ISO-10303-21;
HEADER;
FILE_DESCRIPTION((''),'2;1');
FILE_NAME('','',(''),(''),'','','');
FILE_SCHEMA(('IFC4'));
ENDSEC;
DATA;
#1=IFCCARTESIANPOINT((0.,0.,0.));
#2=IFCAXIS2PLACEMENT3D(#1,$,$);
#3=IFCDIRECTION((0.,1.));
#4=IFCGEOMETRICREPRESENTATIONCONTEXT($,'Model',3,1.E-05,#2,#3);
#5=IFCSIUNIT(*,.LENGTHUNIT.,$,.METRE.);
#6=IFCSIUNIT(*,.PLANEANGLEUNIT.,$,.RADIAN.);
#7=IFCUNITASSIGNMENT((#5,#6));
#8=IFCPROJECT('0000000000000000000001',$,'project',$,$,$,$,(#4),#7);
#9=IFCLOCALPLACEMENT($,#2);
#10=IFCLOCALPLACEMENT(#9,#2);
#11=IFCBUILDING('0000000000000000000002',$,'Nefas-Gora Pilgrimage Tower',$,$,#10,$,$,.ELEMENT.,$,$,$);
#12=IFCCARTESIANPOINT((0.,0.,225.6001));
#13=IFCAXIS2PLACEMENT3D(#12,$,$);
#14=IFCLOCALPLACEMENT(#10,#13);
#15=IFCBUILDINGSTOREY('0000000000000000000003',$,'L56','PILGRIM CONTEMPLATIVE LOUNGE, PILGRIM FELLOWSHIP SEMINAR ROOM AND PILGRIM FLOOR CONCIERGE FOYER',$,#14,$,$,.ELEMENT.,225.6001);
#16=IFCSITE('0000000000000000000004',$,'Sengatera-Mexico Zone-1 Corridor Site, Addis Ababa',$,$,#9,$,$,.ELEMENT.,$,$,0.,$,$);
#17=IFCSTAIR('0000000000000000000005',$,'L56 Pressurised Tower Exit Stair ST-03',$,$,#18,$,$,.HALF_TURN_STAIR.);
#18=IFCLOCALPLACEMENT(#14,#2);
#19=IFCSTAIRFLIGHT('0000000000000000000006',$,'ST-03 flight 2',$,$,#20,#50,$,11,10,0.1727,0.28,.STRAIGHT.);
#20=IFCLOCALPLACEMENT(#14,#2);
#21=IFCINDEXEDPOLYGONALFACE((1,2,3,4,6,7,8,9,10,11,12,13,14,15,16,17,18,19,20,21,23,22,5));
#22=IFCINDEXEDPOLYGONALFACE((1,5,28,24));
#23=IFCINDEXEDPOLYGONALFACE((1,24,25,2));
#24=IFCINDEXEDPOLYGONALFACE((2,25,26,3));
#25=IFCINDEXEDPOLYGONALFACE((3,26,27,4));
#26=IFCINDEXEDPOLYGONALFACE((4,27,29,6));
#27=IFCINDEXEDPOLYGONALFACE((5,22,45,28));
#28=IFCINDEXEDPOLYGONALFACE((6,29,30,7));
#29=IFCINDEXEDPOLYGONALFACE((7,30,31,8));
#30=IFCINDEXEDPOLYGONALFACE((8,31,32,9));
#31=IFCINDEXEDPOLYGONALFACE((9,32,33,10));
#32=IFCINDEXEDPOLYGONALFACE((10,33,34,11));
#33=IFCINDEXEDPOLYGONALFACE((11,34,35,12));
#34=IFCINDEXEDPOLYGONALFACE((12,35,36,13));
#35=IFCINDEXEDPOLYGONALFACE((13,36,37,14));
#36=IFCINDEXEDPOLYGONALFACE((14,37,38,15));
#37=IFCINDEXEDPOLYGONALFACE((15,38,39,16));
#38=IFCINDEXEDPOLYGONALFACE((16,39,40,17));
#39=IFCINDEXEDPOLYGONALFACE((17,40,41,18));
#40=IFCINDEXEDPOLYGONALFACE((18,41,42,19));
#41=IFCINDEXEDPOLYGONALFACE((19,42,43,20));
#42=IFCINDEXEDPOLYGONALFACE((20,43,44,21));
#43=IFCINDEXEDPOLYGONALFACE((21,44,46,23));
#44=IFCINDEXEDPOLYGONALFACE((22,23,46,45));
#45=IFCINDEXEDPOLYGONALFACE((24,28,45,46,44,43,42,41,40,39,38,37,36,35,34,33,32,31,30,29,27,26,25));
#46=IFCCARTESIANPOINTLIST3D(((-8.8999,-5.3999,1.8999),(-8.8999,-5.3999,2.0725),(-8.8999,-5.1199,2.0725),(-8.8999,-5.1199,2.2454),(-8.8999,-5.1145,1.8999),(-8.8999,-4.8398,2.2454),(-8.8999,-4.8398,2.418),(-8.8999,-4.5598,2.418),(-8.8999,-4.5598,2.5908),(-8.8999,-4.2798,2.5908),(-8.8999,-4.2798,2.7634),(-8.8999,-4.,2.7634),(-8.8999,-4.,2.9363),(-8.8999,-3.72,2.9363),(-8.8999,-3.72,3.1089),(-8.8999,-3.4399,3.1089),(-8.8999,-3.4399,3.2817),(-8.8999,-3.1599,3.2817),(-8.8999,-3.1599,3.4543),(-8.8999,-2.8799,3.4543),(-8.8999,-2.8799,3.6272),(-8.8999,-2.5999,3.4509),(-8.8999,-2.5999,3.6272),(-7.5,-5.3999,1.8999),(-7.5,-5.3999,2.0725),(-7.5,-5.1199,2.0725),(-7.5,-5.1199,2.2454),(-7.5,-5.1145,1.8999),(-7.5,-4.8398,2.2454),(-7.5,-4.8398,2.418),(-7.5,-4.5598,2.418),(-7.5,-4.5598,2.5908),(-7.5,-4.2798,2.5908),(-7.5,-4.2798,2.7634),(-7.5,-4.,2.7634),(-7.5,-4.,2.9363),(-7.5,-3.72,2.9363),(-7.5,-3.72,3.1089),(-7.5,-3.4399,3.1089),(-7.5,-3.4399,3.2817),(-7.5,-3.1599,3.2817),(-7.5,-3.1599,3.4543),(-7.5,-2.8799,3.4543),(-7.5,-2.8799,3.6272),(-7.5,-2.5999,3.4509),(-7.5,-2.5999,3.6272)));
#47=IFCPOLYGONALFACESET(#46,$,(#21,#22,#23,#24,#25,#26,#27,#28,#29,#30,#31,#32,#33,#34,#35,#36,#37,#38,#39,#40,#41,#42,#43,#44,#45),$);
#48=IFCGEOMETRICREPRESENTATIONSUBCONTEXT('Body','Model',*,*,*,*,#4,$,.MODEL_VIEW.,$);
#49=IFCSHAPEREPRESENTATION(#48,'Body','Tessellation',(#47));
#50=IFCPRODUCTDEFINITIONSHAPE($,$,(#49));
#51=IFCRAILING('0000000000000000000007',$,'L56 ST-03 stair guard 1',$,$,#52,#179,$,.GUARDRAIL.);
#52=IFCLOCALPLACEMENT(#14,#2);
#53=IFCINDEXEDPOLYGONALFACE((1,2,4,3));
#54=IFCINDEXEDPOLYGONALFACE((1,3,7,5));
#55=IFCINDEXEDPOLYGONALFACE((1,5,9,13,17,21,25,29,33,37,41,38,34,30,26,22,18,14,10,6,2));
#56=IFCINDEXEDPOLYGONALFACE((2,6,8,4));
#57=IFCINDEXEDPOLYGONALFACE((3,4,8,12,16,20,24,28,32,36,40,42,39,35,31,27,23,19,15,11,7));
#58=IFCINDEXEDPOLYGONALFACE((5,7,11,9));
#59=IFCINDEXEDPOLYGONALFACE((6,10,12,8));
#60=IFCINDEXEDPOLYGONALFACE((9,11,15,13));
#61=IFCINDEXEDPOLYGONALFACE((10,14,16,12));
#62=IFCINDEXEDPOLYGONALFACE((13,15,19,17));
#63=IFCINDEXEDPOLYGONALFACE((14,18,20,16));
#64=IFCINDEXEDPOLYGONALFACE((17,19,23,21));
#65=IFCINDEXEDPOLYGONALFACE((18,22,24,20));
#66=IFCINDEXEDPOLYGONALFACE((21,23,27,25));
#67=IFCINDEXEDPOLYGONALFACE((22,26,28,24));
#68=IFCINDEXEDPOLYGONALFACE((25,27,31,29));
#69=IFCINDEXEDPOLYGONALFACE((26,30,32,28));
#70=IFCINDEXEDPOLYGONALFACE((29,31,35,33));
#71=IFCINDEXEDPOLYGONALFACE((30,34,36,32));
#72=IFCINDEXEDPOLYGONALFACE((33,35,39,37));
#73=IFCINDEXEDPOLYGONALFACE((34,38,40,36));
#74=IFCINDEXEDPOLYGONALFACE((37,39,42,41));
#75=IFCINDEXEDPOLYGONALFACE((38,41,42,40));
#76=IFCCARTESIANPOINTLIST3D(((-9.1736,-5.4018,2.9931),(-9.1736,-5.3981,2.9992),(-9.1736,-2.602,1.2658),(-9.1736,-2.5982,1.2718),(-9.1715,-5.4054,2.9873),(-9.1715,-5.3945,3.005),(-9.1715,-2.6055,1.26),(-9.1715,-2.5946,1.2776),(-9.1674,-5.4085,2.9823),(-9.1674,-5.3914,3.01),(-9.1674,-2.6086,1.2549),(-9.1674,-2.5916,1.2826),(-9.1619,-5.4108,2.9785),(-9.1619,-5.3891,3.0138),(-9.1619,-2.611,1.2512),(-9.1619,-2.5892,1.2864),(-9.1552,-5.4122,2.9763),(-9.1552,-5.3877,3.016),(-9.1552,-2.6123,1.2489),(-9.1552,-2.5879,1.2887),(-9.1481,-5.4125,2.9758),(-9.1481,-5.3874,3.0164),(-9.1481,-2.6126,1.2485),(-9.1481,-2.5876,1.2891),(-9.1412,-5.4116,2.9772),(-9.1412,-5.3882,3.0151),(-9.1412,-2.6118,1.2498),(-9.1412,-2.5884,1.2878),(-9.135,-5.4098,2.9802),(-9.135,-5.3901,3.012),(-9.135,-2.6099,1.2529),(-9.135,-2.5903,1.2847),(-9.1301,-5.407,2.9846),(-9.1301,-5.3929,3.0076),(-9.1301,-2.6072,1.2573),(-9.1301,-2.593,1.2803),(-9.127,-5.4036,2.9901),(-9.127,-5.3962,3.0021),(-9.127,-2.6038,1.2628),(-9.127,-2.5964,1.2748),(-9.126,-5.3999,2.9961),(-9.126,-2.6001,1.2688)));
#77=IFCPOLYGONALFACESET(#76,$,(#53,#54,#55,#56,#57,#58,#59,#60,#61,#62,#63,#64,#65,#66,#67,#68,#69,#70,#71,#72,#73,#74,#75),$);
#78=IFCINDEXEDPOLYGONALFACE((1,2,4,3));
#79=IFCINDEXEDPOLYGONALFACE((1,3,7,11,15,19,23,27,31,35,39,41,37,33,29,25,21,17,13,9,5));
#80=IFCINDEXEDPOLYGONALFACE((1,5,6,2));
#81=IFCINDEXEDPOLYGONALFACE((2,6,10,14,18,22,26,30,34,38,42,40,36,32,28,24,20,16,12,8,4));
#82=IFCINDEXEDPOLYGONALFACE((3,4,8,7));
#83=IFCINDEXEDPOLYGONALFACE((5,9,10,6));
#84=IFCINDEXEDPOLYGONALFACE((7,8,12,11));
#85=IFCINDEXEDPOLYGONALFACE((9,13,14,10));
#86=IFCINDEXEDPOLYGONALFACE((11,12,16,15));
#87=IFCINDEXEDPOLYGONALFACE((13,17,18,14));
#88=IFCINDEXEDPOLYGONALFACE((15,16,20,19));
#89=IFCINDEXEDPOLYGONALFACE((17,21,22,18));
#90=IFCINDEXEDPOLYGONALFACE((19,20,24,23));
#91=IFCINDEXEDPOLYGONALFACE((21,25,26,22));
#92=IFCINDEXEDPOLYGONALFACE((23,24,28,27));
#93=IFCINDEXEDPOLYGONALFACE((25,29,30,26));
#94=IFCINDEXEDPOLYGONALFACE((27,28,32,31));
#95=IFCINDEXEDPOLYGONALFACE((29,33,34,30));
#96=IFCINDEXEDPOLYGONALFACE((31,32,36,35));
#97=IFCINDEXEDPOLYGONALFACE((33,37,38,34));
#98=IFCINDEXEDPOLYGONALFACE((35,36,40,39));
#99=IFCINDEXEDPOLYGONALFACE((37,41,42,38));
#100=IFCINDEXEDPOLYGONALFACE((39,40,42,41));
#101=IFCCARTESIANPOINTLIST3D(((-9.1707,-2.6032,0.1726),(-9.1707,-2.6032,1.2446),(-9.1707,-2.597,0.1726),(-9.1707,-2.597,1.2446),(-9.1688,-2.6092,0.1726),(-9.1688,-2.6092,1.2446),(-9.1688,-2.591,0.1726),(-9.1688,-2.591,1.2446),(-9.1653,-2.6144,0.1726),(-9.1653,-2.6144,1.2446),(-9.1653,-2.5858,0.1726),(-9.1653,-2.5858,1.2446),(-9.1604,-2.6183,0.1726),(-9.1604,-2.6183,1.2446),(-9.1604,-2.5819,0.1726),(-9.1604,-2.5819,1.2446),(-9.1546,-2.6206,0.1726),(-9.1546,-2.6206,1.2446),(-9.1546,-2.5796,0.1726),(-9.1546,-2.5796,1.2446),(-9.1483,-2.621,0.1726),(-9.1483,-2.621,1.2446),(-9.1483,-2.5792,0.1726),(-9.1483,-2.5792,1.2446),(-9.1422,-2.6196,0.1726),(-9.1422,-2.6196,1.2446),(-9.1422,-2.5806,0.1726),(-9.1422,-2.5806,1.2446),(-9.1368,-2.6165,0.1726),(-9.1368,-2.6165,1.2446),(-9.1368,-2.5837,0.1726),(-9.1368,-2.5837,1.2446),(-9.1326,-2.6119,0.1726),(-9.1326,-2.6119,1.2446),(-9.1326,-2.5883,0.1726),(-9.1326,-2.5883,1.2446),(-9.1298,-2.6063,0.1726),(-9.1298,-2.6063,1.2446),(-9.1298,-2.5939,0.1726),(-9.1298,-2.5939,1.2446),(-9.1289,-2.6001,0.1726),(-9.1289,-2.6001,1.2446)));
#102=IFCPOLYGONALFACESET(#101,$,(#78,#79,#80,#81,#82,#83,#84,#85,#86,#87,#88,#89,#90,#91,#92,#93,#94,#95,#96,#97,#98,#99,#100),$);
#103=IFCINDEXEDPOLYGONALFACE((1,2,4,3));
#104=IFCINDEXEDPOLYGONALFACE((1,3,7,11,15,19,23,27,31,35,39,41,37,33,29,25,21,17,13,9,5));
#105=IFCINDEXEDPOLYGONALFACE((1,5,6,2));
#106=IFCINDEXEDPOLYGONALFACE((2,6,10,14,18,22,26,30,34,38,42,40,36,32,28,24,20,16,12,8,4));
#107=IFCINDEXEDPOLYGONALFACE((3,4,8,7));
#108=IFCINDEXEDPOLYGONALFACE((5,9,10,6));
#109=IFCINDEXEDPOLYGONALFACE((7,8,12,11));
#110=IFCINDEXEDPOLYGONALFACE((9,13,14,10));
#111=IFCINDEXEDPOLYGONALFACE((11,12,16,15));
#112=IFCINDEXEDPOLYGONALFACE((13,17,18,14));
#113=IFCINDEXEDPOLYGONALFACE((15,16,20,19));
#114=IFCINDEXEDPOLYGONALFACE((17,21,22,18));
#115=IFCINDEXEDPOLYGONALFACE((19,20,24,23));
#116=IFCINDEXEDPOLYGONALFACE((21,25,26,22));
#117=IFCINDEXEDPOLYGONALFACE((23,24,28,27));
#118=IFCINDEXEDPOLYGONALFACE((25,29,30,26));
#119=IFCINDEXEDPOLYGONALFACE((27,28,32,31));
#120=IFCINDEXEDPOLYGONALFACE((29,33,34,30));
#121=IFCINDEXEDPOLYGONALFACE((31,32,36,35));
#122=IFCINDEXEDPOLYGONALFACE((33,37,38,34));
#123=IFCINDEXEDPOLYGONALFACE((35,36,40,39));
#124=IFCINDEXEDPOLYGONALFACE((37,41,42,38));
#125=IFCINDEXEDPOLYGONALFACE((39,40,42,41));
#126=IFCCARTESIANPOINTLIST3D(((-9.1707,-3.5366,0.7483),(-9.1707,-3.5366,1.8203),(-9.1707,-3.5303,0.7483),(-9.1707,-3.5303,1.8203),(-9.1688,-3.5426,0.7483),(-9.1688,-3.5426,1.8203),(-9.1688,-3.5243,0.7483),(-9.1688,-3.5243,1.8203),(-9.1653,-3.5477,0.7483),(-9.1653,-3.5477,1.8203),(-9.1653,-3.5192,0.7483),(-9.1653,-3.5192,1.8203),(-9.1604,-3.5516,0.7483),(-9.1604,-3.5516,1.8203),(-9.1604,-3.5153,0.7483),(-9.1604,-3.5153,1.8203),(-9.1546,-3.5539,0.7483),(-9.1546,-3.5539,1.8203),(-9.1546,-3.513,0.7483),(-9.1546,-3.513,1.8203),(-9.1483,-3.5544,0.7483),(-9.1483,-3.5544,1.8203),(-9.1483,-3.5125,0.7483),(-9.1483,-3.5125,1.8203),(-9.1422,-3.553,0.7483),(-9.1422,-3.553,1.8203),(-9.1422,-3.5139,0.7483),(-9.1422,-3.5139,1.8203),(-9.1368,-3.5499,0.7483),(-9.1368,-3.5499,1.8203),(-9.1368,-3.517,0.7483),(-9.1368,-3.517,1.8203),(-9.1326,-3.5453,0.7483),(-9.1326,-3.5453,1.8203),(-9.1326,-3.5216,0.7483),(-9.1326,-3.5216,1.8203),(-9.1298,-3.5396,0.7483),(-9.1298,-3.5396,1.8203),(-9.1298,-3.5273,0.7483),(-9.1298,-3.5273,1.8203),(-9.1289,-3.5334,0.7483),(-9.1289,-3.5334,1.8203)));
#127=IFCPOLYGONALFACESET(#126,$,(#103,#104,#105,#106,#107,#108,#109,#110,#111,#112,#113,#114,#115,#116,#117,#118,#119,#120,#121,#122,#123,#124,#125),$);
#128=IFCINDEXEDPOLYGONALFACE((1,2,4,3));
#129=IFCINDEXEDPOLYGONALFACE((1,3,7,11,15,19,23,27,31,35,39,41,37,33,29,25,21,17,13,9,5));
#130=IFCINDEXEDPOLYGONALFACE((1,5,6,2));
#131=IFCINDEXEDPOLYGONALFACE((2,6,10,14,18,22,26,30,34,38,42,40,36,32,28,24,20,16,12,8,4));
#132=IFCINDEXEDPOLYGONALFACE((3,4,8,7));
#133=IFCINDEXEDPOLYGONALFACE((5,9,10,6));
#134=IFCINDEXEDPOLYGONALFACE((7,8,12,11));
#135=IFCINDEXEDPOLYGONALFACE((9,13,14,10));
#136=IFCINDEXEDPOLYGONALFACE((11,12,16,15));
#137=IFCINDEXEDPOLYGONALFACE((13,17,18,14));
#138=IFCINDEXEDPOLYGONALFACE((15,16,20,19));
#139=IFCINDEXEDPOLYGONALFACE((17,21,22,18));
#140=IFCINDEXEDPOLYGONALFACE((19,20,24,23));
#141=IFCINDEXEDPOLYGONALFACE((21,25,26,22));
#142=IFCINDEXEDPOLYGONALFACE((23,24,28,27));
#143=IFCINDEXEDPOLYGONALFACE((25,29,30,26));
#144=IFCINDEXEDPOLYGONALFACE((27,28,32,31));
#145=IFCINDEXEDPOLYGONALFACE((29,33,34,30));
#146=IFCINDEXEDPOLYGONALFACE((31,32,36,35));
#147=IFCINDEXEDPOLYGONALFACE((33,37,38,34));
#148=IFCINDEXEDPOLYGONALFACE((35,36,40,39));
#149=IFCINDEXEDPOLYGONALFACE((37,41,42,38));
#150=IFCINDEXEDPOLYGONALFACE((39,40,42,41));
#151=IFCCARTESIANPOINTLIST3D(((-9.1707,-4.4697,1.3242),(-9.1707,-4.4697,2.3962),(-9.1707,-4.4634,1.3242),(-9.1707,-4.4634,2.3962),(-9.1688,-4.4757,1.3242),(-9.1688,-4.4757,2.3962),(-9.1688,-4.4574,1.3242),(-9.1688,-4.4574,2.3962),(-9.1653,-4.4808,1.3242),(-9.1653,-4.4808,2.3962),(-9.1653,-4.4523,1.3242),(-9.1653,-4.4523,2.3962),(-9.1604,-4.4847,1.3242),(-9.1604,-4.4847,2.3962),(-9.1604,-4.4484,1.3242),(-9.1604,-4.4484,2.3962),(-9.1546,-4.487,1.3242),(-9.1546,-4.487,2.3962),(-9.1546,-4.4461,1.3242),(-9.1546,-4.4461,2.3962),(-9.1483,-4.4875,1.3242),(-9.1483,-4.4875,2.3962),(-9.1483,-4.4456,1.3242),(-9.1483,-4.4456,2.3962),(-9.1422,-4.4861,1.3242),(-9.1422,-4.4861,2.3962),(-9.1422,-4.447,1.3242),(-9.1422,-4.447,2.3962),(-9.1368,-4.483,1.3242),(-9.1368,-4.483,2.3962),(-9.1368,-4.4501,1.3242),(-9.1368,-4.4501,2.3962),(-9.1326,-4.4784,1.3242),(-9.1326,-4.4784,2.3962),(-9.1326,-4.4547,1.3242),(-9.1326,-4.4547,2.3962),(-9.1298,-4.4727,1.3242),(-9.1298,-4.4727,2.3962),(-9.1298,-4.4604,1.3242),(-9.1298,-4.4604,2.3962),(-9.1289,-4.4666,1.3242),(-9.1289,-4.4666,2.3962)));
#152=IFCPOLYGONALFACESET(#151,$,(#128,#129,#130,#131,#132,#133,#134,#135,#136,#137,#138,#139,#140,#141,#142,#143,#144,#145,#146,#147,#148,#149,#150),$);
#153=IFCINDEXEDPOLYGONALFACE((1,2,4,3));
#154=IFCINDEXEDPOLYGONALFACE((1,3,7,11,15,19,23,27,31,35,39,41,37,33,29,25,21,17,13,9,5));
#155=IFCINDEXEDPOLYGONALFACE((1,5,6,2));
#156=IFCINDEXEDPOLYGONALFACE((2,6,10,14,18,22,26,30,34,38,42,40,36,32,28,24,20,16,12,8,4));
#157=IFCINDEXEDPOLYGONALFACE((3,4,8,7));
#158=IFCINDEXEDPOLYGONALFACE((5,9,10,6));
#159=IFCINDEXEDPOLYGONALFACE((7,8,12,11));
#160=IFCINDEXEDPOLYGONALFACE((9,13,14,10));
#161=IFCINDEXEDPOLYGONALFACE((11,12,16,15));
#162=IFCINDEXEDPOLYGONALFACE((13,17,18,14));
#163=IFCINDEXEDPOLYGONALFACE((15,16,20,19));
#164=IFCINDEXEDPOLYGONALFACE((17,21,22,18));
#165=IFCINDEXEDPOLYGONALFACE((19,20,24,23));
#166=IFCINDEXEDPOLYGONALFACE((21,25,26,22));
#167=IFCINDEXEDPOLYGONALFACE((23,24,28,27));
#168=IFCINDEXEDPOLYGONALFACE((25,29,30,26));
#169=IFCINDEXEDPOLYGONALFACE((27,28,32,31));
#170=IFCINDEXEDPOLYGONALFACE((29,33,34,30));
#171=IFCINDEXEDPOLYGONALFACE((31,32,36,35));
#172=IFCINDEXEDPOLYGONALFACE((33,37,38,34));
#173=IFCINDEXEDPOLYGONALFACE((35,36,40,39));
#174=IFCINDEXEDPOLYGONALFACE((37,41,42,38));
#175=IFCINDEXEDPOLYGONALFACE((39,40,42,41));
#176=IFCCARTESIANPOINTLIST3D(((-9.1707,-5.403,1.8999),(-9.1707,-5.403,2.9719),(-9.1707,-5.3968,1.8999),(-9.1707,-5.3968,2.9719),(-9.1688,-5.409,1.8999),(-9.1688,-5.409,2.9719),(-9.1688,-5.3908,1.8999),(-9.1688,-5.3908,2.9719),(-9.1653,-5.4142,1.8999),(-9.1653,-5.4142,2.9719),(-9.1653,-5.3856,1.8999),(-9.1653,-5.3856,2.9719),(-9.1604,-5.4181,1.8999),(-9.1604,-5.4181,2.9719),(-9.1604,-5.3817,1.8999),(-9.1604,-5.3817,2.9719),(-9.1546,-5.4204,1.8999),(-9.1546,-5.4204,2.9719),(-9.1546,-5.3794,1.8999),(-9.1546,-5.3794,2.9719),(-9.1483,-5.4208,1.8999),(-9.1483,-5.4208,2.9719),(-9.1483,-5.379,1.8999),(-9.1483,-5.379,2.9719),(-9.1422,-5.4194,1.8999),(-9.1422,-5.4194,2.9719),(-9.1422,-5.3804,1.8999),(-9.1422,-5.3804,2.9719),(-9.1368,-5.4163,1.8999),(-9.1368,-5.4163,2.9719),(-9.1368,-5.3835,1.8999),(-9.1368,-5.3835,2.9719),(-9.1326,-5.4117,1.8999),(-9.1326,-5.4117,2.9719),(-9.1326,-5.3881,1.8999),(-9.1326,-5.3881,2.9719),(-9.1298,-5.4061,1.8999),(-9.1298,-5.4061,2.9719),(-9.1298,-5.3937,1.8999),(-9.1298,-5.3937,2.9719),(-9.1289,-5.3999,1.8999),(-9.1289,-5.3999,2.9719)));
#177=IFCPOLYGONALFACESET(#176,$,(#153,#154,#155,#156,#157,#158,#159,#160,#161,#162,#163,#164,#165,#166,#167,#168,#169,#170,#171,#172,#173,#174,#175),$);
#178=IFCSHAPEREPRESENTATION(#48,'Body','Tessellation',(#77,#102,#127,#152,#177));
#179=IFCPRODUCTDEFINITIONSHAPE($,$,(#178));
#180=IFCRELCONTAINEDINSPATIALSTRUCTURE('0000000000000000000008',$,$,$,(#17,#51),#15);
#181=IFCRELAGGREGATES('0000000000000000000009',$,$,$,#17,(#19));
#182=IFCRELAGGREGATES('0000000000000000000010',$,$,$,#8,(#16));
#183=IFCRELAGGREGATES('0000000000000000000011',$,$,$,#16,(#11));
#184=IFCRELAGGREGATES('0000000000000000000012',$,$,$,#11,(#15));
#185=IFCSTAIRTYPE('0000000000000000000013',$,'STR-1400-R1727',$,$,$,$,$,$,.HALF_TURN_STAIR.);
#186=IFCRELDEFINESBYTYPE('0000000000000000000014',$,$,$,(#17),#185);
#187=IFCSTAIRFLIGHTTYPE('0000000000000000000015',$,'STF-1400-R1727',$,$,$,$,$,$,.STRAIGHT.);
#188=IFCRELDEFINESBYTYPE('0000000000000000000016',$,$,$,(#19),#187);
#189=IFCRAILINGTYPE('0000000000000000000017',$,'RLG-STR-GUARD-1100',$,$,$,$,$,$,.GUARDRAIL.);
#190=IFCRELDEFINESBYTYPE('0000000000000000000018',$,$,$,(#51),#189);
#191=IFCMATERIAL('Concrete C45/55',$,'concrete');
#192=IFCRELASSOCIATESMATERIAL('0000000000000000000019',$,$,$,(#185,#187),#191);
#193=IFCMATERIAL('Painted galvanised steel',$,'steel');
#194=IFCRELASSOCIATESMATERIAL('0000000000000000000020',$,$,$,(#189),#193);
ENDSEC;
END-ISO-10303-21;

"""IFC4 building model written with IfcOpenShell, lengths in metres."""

from ifc_helpers import new_model, si_unit, direction, frame, origin, origin_2d, place, context, subcontext, project, spatial, polyline, circle, outline, extrude, source, transform, mapped, material, type_object, element, aggregate, save


model = new_model("IFC4")

# Units and contexts
model_context = context("Model", 3, precision=1e-05, world=origin(), true_north=direction((0.0, 1.0)))
body_context = subcontext(model_context, "Body", "Model", "MODEL_VIEW")
ifc_project = project(units=[si_unit("LENGTHUNIT", "METRE"), si_unit("PLANEANGLEUNIT", "RADIAN")], contexts=[model_context])

# Site, building, storey
site_placement = place(None, origin())
site = spatial("IfcSite", under=ifc_project, at=site_placement, Name="Sengatera-Mexico Zone-1 Corridor Site, Addis Ababa", CompositionType="ELEMENT", RefElevation=0.0)
building_placement = place(site_placement, origin())
building = spatial("IfcBuilding", under=site, at=building_placement, Name="Nefas-Gora Pilgrimage Tower", CompositionType="ELEMENT")
storey_placement = place(building_placement, frame((0.0, 0.0, 225.6001)))
storey = spatial("IfcBuildingStorey", under=building, at=storey_placement, Name="L56", Description="PILGRIM CONTEMPLATIVE LOUNGE, PILGRIM FELLOWSHIP SEMINAR ROOM AND PILGRIM FLOOR CONCIERGE FOYER", CompositionType="ELEMENT", Elevation=225.6001)

# Shared definitions
ifc_material_1 = material(Name="Concrete C45/55", Category="concrete")

# Stair, stair flight
stair_type = type_object("IfcStairType", Name="STR-1400-R1727", PredefinedType="HALF_TURN_STAIR", material=ifc_material_1)
stair_placement = place(storey_placement, origin())
stair = element("IfcStair", 1, at=stair_placement, inside=storey, type_object=stair_type, Name="L56 Pressurised Tower Exit Stair ST-03", PredefinedType="HALF_TURN_STAIR")
stair_flight_type = type_object("IfcStairFlightType", Name="STF-1400-R1727", PredefinedType="STRAIGHT", material=ifc_material_1)
shared_shape_1 = source(origin(), body_context, "Body", "SweptSolid", [
    extrude(outline(polyline([(0.0, 0.0), (0.0, 0.1726), (0.28, 0.1726), (0.28, 0.3455), (0.5601, 0.3455), (0.5601, 0.5181), (0.8401, 0.5181), (0.8401, 0.6909), (1.1201, 0.6909), (1.1201, 0.8635), (1.3999, 0.8635), (1.3999, 1.0364), (1.6799, 1.0364), (1.6799, 1.209), (1.96, 1.209), (1.96, 1.3818), (2.24, 1.3818), (2.24, 1.5544), (2.52, 1.5544), (2.52, 1.7273), (2.8, 1.7273), (2.8, 1.8999), (2.8, 1.551), (0.2854, 0.0), (0.0, 0.0)])), frame((0.0, 0.7, 0.0), z_axis=(0.0, -1.0, 0.0), x_axis=(1.0, 0.0, 0.0)), (0.0, 0.0, 1.0), 1.3999),
])
stair_flight_1_placement = place(storey_placement, frame((-8.2, -5.3999, 1.8999), z_axis=(0.0, 0.0, 1.0), x_axis=(0.0, 1.0, 0.0)))
stair_flight_1 = element("IfcStairFlight", 2, at=stair_flight_1_placement, type_object=stair_flight_type, Name="ST-03 flight 2", NumberOfRisers=11, NumberOfTreads=10, PredefinedType="STRAIGHT", RiserHeight=0.1727, TreadLength=0.28, context=body_context, shape_type="MappedRepresentation", body=[
    mapped(shared_shape_1, transform((0.0, 0.0, 0.0), x_axis=(1.0, 0.0, 0.0), y_axis=(0.0, 1.0, 0.0), z_axis=(0.0, 0.0, 1.0), scale=1.0)),
])
aggregate(stair, [stair_flight_1])

# Railing
ifc_material_2 = material(Name="Painted galvanised steel", Category="steel")
railing_type_1 = type_object("IfcRailingType", Name="RLG-STR-GUARD-1100", PredefinedType="GUARDRAIL", material=ifc_material_2)
railing_1_placement = place(storey_placement, frame((-9.1499, -2.6001, 0.1726)))
element("IfcRailing", 3, at=railing_1_placement, inside=storey, type_object=railing_type_1, Name="L56 ST-03 stair guard 1", PredefinedType="GUARDRAIL", context=body_context, shape_type="SweptSolid", body=[
    extrude(circle(Radius=0.0239, at=origin_2d()), frame((0.0, 0.0, 1.0962), z_axis=(0.0, -0.851069, 0.525054), x_axis=(1.0, 0.0, 0.0)), (0.0, 0.0, 1.0), 3.2898),
    extrude(circle(Radius=0.021, at=origin_2d()), origin(), (0.0, 0.0, 1.0), 1.072),
    extrude(circle(Radius=0.021, at=origin_2d()), frame((0.0, -0.9333, 0.5757)), (0.0, 0.0, 1.0), 1.072),
    extrude(circle(Radius=0.021, at=origin_2d()), frame((0.0, -1.8665, 1.1516)), (0.0, 0.0, 1.0), 1.072),
    extrude(circle(Radius=0.021, at=origin_2d()), frame((0.0, -2.7998, 1.7273)), (0.0, 0.0, 1.0), 1.072),
])

save(model, "model.ifc")
